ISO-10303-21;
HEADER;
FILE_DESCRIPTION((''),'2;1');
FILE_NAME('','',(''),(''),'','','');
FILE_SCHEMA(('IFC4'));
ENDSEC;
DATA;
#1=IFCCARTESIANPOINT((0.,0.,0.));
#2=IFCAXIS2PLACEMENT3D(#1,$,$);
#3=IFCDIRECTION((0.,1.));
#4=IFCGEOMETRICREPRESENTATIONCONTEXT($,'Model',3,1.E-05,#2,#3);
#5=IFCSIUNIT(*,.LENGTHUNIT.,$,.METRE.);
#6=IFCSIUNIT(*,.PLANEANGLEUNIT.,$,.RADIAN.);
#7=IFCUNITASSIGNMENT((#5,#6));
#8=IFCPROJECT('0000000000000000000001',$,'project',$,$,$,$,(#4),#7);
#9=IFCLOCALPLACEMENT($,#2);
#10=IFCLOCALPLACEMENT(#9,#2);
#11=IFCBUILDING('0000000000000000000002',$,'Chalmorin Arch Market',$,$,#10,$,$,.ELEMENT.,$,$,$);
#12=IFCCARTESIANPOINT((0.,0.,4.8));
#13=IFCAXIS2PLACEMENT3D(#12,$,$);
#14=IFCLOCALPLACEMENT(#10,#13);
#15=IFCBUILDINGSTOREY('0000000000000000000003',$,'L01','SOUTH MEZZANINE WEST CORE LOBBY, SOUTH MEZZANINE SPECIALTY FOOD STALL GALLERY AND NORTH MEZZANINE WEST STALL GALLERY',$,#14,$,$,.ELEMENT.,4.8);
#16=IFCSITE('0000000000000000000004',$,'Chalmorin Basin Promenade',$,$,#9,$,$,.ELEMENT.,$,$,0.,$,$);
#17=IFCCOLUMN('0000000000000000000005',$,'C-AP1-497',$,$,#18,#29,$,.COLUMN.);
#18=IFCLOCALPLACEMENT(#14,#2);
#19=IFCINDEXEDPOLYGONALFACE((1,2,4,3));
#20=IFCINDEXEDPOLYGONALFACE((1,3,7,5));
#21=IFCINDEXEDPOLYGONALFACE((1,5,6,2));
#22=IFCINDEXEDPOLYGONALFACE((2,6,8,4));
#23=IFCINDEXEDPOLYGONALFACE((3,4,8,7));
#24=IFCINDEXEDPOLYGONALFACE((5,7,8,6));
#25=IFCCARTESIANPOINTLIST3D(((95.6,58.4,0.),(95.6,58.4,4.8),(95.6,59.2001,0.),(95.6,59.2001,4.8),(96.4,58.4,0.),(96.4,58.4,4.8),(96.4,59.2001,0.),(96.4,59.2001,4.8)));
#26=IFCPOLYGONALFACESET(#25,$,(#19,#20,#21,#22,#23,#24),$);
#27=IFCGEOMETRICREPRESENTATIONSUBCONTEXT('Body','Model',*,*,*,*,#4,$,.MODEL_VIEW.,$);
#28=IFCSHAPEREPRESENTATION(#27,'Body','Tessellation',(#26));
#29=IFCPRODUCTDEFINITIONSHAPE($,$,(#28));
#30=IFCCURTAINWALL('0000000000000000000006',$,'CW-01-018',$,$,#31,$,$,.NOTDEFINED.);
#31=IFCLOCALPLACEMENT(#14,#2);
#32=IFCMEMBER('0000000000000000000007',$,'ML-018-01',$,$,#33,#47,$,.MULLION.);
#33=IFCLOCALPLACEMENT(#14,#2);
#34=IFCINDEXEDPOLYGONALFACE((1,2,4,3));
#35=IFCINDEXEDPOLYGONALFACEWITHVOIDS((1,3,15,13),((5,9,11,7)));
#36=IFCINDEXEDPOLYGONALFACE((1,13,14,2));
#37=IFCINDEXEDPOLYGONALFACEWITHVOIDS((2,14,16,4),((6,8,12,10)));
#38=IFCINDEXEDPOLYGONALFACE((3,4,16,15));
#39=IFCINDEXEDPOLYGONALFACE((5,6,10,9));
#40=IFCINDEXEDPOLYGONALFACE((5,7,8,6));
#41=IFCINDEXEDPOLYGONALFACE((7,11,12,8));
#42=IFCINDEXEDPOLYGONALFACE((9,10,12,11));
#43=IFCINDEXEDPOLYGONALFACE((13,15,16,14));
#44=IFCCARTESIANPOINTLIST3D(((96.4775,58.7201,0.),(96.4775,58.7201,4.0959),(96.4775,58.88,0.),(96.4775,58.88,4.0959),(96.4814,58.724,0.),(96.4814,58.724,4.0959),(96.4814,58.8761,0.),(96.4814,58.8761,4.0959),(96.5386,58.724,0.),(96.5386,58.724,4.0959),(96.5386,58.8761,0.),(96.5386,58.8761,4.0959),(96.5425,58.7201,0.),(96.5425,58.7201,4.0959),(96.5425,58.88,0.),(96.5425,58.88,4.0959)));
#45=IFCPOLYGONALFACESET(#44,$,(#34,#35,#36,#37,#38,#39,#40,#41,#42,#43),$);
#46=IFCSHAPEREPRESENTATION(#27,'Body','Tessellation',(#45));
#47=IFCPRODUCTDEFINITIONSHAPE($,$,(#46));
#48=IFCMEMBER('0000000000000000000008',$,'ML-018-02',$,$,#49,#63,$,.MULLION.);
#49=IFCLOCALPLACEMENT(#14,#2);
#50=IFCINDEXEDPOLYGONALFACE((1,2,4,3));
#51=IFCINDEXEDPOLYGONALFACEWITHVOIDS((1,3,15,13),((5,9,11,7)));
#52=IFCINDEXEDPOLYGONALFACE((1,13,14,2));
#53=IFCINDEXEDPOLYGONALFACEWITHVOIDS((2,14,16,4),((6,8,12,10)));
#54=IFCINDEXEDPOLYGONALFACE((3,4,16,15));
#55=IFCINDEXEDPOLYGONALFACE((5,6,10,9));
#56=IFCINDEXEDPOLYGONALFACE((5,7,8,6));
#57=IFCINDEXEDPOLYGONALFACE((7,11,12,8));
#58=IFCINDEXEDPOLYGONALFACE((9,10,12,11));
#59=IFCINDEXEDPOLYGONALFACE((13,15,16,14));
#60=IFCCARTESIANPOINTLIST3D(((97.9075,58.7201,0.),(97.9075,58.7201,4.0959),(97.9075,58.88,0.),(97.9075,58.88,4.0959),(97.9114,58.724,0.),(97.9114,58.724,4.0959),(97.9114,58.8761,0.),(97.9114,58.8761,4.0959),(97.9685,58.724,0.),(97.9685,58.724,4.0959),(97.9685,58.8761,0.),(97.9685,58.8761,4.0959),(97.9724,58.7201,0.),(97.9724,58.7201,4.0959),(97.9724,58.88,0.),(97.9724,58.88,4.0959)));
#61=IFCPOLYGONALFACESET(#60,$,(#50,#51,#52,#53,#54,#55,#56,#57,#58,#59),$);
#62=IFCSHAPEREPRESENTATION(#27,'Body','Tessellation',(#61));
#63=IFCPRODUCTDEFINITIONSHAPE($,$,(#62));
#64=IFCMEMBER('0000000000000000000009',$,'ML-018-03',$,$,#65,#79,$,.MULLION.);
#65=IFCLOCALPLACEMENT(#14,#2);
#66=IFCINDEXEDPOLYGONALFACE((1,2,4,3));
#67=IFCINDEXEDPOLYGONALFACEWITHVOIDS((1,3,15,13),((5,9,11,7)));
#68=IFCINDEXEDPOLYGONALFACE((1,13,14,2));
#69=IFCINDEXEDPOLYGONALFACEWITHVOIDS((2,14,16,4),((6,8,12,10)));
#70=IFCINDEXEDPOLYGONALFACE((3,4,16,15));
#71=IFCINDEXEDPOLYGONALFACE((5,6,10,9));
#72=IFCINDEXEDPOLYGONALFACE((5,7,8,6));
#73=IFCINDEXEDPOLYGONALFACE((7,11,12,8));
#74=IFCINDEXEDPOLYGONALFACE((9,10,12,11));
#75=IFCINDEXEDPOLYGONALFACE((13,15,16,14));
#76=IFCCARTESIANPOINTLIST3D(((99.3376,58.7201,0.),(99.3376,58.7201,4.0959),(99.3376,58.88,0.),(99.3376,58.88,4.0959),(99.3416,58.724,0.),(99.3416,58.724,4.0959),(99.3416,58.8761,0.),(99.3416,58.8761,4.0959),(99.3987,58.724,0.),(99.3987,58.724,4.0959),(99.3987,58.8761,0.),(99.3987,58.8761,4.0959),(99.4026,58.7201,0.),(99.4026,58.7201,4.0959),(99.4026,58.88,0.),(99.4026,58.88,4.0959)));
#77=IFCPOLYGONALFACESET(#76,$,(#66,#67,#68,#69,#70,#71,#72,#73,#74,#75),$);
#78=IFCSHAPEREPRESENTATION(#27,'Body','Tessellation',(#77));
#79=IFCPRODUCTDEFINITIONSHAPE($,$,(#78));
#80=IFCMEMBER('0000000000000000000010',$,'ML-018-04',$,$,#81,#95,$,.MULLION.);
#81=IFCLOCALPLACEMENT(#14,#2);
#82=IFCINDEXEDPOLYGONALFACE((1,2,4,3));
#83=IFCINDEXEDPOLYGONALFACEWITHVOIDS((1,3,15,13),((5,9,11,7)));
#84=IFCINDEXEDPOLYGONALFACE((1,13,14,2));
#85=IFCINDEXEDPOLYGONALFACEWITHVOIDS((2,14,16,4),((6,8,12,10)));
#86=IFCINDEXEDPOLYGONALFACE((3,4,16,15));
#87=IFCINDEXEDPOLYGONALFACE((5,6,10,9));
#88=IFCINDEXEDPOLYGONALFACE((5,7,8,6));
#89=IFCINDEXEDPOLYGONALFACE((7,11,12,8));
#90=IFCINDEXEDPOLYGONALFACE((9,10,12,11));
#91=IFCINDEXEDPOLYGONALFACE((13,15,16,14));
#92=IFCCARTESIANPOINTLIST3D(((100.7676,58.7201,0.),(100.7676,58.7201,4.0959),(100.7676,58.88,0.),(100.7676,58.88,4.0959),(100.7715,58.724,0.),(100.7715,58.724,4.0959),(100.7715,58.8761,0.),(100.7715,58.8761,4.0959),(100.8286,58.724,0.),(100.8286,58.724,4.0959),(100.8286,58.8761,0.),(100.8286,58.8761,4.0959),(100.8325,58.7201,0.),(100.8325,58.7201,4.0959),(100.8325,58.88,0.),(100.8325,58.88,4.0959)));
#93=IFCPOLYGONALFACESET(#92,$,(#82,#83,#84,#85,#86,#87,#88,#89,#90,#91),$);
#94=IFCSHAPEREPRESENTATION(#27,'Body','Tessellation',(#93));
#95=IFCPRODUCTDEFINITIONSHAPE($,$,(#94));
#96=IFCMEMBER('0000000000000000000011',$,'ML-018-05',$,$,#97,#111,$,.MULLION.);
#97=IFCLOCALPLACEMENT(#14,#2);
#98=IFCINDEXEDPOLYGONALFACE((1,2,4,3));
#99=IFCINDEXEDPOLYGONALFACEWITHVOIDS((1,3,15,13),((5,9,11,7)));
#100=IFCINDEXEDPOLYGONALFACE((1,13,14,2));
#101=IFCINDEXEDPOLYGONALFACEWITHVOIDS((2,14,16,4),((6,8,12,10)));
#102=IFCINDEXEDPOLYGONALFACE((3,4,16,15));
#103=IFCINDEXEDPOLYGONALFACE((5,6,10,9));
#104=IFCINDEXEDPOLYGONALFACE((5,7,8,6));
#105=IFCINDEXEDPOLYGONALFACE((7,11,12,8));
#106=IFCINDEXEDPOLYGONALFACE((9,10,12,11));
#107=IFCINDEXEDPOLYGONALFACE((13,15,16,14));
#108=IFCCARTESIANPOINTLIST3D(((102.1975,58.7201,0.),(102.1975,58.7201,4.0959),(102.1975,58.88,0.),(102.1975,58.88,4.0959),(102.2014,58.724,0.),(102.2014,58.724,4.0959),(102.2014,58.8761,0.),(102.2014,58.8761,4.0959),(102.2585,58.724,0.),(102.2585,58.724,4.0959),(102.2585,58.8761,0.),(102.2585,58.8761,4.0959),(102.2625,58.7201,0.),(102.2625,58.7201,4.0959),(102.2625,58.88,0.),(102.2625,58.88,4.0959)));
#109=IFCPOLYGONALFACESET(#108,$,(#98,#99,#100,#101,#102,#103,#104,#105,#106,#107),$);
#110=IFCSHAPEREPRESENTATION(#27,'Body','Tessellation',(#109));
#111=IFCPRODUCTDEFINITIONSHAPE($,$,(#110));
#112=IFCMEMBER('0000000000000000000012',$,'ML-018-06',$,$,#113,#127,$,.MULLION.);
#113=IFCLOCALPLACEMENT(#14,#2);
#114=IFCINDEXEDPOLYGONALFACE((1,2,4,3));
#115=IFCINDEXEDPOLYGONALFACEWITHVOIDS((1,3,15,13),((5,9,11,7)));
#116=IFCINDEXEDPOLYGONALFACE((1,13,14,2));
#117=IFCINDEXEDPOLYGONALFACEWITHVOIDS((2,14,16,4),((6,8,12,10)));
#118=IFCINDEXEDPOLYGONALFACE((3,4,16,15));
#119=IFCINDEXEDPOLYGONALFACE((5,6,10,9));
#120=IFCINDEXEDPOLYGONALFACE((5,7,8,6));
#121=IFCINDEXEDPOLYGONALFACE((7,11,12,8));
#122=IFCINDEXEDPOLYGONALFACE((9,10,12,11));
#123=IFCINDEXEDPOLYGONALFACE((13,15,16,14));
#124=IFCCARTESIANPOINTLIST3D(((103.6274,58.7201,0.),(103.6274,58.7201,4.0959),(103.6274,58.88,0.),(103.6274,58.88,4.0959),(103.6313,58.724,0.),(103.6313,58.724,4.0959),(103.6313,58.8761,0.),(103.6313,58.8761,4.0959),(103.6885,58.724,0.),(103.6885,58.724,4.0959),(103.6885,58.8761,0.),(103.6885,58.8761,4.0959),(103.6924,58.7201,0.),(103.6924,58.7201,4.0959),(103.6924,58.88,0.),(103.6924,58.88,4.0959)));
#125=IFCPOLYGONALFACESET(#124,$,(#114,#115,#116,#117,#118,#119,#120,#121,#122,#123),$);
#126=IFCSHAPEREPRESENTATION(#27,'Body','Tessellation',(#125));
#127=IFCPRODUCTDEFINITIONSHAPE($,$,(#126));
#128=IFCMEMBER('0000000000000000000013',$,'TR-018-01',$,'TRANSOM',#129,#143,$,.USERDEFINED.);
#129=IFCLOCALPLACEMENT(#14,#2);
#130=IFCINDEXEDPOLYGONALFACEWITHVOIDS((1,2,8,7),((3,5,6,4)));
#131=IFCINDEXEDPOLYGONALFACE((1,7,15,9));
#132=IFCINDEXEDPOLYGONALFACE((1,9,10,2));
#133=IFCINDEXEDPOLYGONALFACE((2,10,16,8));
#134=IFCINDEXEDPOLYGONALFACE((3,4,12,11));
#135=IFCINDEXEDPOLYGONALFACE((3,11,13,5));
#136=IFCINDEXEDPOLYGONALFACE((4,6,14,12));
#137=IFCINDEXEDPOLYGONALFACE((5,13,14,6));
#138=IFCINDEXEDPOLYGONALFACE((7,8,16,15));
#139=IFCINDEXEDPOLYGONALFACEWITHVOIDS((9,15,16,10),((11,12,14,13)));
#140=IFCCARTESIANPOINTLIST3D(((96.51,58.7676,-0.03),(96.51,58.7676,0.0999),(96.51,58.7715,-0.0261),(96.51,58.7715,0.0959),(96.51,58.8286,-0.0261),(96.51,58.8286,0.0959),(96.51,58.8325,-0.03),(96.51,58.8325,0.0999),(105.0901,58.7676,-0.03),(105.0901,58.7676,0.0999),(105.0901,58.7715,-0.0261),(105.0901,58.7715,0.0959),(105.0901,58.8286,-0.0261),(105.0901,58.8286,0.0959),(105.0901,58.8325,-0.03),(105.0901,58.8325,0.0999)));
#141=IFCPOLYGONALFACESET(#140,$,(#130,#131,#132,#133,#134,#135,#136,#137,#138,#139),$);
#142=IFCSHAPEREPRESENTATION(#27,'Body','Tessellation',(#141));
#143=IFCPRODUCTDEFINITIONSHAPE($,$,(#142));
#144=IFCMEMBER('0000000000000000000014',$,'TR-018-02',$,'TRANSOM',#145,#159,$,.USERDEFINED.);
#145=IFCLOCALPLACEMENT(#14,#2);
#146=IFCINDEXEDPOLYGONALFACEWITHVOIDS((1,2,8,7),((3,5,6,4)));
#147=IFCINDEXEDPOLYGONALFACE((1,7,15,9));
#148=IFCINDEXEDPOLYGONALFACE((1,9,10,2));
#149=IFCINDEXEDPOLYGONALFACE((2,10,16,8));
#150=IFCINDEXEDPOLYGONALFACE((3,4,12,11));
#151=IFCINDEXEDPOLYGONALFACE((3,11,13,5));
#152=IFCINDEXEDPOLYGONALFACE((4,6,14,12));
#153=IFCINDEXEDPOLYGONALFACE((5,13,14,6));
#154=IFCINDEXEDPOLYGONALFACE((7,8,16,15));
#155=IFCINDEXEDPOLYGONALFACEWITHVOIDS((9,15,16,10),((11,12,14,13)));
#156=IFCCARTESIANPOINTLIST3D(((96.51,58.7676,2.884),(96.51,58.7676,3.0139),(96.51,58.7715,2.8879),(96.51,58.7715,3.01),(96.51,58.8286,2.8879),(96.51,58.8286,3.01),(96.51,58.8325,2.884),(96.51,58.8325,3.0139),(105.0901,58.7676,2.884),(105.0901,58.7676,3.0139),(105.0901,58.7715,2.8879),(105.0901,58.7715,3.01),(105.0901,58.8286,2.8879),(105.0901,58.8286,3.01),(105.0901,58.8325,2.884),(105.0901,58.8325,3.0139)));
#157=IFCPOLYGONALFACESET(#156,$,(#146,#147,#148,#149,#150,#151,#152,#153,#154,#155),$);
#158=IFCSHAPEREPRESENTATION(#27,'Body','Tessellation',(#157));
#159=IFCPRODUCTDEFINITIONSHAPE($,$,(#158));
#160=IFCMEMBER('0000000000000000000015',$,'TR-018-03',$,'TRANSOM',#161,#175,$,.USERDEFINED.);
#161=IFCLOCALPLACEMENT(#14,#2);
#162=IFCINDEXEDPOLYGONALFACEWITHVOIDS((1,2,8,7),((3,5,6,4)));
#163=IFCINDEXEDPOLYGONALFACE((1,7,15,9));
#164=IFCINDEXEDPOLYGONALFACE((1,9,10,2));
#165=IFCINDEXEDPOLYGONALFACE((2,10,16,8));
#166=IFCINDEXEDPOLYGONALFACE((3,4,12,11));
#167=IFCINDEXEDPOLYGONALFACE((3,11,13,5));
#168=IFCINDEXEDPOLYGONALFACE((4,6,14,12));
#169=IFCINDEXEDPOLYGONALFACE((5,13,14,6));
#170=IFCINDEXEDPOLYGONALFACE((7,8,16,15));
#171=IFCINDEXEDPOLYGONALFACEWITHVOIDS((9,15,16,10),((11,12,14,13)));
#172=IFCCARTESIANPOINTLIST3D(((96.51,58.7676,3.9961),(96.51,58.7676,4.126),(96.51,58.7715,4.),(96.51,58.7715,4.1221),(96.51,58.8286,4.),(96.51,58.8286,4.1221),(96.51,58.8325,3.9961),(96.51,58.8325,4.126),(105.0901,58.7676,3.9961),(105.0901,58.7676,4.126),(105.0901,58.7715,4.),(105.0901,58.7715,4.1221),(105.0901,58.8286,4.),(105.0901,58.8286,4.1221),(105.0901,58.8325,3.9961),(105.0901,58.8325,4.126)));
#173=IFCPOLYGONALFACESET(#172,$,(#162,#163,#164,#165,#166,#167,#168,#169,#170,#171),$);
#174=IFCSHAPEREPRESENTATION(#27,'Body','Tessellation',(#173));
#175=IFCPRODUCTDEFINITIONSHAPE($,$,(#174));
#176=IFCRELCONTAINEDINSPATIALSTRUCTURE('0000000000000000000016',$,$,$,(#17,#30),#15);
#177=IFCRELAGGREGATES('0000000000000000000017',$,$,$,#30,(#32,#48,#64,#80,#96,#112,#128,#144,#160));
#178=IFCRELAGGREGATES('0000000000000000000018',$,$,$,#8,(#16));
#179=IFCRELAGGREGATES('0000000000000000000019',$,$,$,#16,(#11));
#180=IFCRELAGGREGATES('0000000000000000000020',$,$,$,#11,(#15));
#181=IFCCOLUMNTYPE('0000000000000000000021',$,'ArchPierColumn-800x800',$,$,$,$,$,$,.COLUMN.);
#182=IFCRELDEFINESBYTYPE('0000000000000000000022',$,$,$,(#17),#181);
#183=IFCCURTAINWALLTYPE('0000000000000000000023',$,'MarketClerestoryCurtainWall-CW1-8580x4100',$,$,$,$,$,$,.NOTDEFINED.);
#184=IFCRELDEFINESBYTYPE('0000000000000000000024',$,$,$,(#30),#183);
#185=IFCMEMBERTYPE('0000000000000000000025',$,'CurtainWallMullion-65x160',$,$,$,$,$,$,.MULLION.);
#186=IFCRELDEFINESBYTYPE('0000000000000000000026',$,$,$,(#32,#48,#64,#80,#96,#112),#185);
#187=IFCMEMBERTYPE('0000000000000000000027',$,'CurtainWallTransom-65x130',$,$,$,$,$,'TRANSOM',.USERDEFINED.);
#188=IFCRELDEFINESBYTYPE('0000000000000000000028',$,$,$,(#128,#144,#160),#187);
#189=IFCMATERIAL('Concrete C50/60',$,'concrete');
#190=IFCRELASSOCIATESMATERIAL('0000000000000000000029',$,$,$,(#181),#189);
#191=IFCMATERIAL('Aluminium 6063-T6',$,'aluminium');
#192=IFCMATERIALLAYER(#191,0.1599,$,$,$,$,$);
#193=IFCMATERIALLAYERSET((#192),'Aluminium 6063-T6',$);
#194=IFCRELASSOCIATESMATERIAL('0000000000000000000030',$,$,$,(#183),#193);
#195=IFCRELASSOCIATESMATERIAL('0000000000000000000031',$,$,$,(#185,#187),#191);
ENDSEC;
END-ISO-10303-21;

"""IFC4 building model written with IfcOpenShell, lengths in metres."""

from ifc_helpers import new_model, si_unit, direction, frame, origin, origin_2d, place, context, subcontext, project, spatial, rectangle, hollow_rectangle, extrude, material, layer, layer_set, material_profile, profile_set, type_object, element, aggregate, save


model = new_model("IFC4")

# Units and contexts
model_context = context("Model", 3, precision=1e-05, world=origin(), true_north=direction((0.0, 1.0)))
body_context = subcontext(model_context, "Body", "Model", "MODEL_VIEW")
ifc_project = project(units=[si_unit("LENGTHUNIT", "METRE"), si_unit("PLANEANGLEUNIT", "RADIAN")], contexts=[model_context])

# Site, building, storey
site_placement = place(None, origin())
site = spatial("IfcSite", under=ifc_project, at=site_placement, Name="Chalmorin Basin Promenade", CompositionType="ELEMENT", RefElevation=0.0)
building_placement = place(site_placement, origin())
building = spatial("IfcBuilding", under=site, at=building_placement, Name="Chalmorin Arch Market", CompositionType="ELEMENT")
storey_placement = place(building_placement, frame((0.0, 0.0, 4.8)))
storey = spatial("IfcBuildingStorey", under=building, at=storey_placement, Name="L01", Description="SOUTH MEZZANINE WEST CORE LOBBY, SOUTH MEZZANINE SPECIALTY FOOD STALL GALLERY AND NORTH MEZZANINE WEST STALL GALLERY", CompositionType="ELEMENT", Elevation=4.8)

# Column
ifc_material_1 = material(Name="Concrete C50/60", Category="concrete")
ifc_material_profile_1 = material_profile(ifc_material_1, rectangle(XDim=0.8, YDim=0.8, at=origin_2d()), Name="RC800X800")
ifc_profile_set_1 = profile_set([ifc_material_profile_1], Name="Concrete C50/60")
column_type = type_object("IfcColumnType", Name="ArchPierColumn-800x800", PredefinedType="COLUMN", material=ifc_profile_set_1)
column_placement = place(storey_placement, frame((96.0, 58.8, 0.0), z_axis=(0.0, 0.0, 1.0), x_axis=(1.0, 0.0, 0.0)))
element("IfcColumn", 1, at=column_placement, inside=storey, type_object=column_type, Name="C-AP1-497", PredefinedType="COLUMN", context=body_context, shape_type="SweptSolid", body=[
    extrude(rectangle(XDim=0.8, YDim=0.8, at=origin_2d()), origin(), (0.0, 0.0, 1.0), 4.8),
])

# Curtain wall, members
ifc_material_2 = material(Name="Aluminium 6063-T6", Category="aluminium")
ifc_layer_1 = layer(ifc_material_2, 0.1599)
ifc_layer_set_1 = layer_set([ifc_layer_1], Name="Aluminium 6063-T6")
curtain_wall_type = type_object("IfcCurtainWallType", Name="MarketClerestoryCurtainWall-CW1-8580x4100", PredefinedType="NOTDEFINED", material=ifc_layer_set_1)
curtain_wall_placement = place(storey_placement, origin())
curtain_wall = element("IfcCurtainWall", 2, at=curtain_wall_placement, inside=storey, type_object=curtain_wall_type, Name="CW-01-018", PredefinedType="NOTDEFINED")
ifc_material_profile_2 = material_profile(ifc_material_2, hollow_rectangle(XDim=0.0649, YDim=0.1599, WallThickness=0.0039, at=origin_2d()), Name="ALU65X160X4")
ifc_profile_set_2 = profile_set([ifc_material_profile_2], Name="Aluminium 6063-T6")
member_type_1 = type_object("IfcMemberType", Name="CurtainWallMullion-65x160", PredefinedType="MULLION", material=ifc_profile_set_2)
member_1_placement = place(storey_placement, frame((96.51, 58.8, 0.0), z_axis=(0.0, 0.0, 1.0), x_axis=(1.0, 0.0, 0.0)))
member_1 = element("IfcMember", 3, at=member_1_placement, type_object=member_type_1, Name="ML-018-01", PredefinedType="MULLION", context=body_context, shape_type="SweptSolid", body=[
    extrude(hollow_rectangle(XDim=0.0649, YDim=0.1599, WallThickness=0.0039, at=origin_2d()), origin(), (0.0, 0.0, 1.0), 4.0959),
])
member_2_placement = place(storey_placement, frame((97.9399, 58.8, 0.0), z_axis=(0.0, 0.0, 1.0), x_axis=(1.0, 0.0, 0.0)))
member_2 = element("IfcMember", 4, at=member_2_placement, type_object=member_type_1, Name="ML-018-02", PredefinedType="MULLION", context=body_context, shape_type="SweptSolid", body=[
    extrude(hollow_rectangle(XDim=0.0649, YDim=0.1599, WallThickness=0.0039, at=origin_2d()), origin(), (0.0, 0.0, 1.0), 4.0959),
])
member_3_placement = place(storey_placement, frame((99.3701, 58.8, 0.0), z_axis=(0.0, 0.0, 1.0), x_axis=(1.0, 0.0, 0.0)))
member_3 = element("IfcMember", 5, at=member_3_placement, type_object=member_type_1, Name="ML-018-03", PredefinedType="MULLION", context=body_context, shape_type="SweptSolid", body=[
    extrude(hollow_rectangle(XDim=0.0649, YDim=0.1599, WallThickness=0.0039, at=origin_2d()), origin(), (0.0, 0.0, 1.0), 4.0959),
])
member_4_placement = place(storey_placement, frame((100.8, 58.8, 0.0), z_axis=(0.0, 0.0, 1.0), x_axis=(1.0, 0.0, 0.0)))
member_4 = element("IfcMember", 6, at=member_4_placement, type_object=member_type_1, Name="ML-018-04", PredefinedType="MULLION", context=body_context, shape_type="SweptSolid", body=[
    extrude(hollow_rectangle(XDim=0.0649, YDim=0.1599, WallThickness=0.0039, at=origin_2d()), origin(), (0.0, 0.0, 1.0), 4.0959),
])
member_5_placement = place(storey_placement, frame((102.23, 58.8, 0.0), z_axis=(0.0, 0.0, 1.0), x_axis=(1.0, 0.0, 0.0)))
member_5 = element("IfcMember", 7, at=member_5_placement, type_object=member_type_1, Name="ML-018-05", PredefinedType="MULLION", context=body_context, shape_type="SweptSolid", body=[
    extrude(hollow_rectangle(XDim=0.0649, YDim=0.1599, WallThickness=0.0039, at=origin_2d()), origin(), (0.0, 0.0, 1.0), 4.0959),
])
member_6_placement = place(storey_placement, frame((103.6599, 58.8, 0.0), z_axis=(0.0, 0.0, 1.0), x_axis=(1.0, 0.0, 0.0)))
member_6 = element("IfcMember", 8, at=member_6_placement, type_object=member_type_1, Name="ML-018-06", PredefinedType="MULLION", context=body_context, shape_type="SweptSolid", body=[
    extrude(hollow_rectangle(XDim=0.0649, YDim=0.1599, WallThickness=0.0039, at=origin_2d()), origin(), (0.0, 0.0, 1.0), 4.0959),
])
ifc_material_profile_3 = material_profile(ifc_material_2, hollow_rectangle(XDim=0.0649, YDim=0.1299, WallThickness=0.0039, at=origin_2d()), Name="ALU65X130X4")
ifc_profile_set_3 = profile_set([ifc_material_profile_3], Name="Aluminium 6063-T6")
member_type_2 = type_object("IfcMemberType", Name="CurtainWallTransom-65x130", ElementType="TRANSOM", PredefinedType="USERDEFINED", material=ifc_profile_set_3)
member_7_placement = place(storey_placement, frame((96.51, 58.8, 0.0349), z_axis=(1.0, 0.0, 0.0), x_axis=(0.0, 1.0, 0.0)))
member_7 = element("IfcMember", 9, at=member_7_placement, type_object=member_type_2, Name="TR-018-01", ObjectType="TRANSOM", PredefinedType="USERDEFINED", context=body_context, shape_type="SweptSolid", body=[
    extrude(hollow_rectangle(XDim=0.0649, YDim=0.1299, WallThickness=0.0039, at=origin_2d()), origin(), (0.0, 0.0, 1.0), 8.5801),
])
member_8_placement = place(storey_placement, frame((96.51, 58.8, 2.949), z_axis=(1.0, 0.0, 0.0), x_axis=(0.0, 1.0, 0.0)))
member_8 = element("IfcMember", 10, at=member_8_placement, type_object=member_type_2, Name="TR-018-02", ObjectType="TRANSOM", PredefinedType="USERDEFINED", context=body_context, shape_type="SweptSolid", body=[
    extrude(hollow_rectangle(XDim=0.0649, YDim=0.1299, WallThickness=0.0039, at=origin_2d()), origin(), (0.0, 0.0, 1.0), 8.5801),
])
member_9_placement = place(storey_placement, frame((96.51, 58.8, 4.061), z_axis=(1.0, 0.0, 0.0), x_axis=(0.0, 1.0, 0.0)))
member_9 = element("IfcMember", 11, at=member_9_placement, type_object=member_type_2, Name="TR-018-03", ObjectType="TRANSOM", PredefinedType="USERDEFINED", context=body_context, shape_type="SweptSolid", body=[
    extrude(hollow_rectangle(XDim=0.0649, YDim=0.1299, WallThickness=0.0039, at=origin_2d()), origin(), (0.0, 0.0, 1.0), 8.5801),
])

aggregate(curtain_wall, [member_1, member_2, member_3, member_4, member_5, member_6, member_7, member_8, member_9])

save(model, "model.ifc")
